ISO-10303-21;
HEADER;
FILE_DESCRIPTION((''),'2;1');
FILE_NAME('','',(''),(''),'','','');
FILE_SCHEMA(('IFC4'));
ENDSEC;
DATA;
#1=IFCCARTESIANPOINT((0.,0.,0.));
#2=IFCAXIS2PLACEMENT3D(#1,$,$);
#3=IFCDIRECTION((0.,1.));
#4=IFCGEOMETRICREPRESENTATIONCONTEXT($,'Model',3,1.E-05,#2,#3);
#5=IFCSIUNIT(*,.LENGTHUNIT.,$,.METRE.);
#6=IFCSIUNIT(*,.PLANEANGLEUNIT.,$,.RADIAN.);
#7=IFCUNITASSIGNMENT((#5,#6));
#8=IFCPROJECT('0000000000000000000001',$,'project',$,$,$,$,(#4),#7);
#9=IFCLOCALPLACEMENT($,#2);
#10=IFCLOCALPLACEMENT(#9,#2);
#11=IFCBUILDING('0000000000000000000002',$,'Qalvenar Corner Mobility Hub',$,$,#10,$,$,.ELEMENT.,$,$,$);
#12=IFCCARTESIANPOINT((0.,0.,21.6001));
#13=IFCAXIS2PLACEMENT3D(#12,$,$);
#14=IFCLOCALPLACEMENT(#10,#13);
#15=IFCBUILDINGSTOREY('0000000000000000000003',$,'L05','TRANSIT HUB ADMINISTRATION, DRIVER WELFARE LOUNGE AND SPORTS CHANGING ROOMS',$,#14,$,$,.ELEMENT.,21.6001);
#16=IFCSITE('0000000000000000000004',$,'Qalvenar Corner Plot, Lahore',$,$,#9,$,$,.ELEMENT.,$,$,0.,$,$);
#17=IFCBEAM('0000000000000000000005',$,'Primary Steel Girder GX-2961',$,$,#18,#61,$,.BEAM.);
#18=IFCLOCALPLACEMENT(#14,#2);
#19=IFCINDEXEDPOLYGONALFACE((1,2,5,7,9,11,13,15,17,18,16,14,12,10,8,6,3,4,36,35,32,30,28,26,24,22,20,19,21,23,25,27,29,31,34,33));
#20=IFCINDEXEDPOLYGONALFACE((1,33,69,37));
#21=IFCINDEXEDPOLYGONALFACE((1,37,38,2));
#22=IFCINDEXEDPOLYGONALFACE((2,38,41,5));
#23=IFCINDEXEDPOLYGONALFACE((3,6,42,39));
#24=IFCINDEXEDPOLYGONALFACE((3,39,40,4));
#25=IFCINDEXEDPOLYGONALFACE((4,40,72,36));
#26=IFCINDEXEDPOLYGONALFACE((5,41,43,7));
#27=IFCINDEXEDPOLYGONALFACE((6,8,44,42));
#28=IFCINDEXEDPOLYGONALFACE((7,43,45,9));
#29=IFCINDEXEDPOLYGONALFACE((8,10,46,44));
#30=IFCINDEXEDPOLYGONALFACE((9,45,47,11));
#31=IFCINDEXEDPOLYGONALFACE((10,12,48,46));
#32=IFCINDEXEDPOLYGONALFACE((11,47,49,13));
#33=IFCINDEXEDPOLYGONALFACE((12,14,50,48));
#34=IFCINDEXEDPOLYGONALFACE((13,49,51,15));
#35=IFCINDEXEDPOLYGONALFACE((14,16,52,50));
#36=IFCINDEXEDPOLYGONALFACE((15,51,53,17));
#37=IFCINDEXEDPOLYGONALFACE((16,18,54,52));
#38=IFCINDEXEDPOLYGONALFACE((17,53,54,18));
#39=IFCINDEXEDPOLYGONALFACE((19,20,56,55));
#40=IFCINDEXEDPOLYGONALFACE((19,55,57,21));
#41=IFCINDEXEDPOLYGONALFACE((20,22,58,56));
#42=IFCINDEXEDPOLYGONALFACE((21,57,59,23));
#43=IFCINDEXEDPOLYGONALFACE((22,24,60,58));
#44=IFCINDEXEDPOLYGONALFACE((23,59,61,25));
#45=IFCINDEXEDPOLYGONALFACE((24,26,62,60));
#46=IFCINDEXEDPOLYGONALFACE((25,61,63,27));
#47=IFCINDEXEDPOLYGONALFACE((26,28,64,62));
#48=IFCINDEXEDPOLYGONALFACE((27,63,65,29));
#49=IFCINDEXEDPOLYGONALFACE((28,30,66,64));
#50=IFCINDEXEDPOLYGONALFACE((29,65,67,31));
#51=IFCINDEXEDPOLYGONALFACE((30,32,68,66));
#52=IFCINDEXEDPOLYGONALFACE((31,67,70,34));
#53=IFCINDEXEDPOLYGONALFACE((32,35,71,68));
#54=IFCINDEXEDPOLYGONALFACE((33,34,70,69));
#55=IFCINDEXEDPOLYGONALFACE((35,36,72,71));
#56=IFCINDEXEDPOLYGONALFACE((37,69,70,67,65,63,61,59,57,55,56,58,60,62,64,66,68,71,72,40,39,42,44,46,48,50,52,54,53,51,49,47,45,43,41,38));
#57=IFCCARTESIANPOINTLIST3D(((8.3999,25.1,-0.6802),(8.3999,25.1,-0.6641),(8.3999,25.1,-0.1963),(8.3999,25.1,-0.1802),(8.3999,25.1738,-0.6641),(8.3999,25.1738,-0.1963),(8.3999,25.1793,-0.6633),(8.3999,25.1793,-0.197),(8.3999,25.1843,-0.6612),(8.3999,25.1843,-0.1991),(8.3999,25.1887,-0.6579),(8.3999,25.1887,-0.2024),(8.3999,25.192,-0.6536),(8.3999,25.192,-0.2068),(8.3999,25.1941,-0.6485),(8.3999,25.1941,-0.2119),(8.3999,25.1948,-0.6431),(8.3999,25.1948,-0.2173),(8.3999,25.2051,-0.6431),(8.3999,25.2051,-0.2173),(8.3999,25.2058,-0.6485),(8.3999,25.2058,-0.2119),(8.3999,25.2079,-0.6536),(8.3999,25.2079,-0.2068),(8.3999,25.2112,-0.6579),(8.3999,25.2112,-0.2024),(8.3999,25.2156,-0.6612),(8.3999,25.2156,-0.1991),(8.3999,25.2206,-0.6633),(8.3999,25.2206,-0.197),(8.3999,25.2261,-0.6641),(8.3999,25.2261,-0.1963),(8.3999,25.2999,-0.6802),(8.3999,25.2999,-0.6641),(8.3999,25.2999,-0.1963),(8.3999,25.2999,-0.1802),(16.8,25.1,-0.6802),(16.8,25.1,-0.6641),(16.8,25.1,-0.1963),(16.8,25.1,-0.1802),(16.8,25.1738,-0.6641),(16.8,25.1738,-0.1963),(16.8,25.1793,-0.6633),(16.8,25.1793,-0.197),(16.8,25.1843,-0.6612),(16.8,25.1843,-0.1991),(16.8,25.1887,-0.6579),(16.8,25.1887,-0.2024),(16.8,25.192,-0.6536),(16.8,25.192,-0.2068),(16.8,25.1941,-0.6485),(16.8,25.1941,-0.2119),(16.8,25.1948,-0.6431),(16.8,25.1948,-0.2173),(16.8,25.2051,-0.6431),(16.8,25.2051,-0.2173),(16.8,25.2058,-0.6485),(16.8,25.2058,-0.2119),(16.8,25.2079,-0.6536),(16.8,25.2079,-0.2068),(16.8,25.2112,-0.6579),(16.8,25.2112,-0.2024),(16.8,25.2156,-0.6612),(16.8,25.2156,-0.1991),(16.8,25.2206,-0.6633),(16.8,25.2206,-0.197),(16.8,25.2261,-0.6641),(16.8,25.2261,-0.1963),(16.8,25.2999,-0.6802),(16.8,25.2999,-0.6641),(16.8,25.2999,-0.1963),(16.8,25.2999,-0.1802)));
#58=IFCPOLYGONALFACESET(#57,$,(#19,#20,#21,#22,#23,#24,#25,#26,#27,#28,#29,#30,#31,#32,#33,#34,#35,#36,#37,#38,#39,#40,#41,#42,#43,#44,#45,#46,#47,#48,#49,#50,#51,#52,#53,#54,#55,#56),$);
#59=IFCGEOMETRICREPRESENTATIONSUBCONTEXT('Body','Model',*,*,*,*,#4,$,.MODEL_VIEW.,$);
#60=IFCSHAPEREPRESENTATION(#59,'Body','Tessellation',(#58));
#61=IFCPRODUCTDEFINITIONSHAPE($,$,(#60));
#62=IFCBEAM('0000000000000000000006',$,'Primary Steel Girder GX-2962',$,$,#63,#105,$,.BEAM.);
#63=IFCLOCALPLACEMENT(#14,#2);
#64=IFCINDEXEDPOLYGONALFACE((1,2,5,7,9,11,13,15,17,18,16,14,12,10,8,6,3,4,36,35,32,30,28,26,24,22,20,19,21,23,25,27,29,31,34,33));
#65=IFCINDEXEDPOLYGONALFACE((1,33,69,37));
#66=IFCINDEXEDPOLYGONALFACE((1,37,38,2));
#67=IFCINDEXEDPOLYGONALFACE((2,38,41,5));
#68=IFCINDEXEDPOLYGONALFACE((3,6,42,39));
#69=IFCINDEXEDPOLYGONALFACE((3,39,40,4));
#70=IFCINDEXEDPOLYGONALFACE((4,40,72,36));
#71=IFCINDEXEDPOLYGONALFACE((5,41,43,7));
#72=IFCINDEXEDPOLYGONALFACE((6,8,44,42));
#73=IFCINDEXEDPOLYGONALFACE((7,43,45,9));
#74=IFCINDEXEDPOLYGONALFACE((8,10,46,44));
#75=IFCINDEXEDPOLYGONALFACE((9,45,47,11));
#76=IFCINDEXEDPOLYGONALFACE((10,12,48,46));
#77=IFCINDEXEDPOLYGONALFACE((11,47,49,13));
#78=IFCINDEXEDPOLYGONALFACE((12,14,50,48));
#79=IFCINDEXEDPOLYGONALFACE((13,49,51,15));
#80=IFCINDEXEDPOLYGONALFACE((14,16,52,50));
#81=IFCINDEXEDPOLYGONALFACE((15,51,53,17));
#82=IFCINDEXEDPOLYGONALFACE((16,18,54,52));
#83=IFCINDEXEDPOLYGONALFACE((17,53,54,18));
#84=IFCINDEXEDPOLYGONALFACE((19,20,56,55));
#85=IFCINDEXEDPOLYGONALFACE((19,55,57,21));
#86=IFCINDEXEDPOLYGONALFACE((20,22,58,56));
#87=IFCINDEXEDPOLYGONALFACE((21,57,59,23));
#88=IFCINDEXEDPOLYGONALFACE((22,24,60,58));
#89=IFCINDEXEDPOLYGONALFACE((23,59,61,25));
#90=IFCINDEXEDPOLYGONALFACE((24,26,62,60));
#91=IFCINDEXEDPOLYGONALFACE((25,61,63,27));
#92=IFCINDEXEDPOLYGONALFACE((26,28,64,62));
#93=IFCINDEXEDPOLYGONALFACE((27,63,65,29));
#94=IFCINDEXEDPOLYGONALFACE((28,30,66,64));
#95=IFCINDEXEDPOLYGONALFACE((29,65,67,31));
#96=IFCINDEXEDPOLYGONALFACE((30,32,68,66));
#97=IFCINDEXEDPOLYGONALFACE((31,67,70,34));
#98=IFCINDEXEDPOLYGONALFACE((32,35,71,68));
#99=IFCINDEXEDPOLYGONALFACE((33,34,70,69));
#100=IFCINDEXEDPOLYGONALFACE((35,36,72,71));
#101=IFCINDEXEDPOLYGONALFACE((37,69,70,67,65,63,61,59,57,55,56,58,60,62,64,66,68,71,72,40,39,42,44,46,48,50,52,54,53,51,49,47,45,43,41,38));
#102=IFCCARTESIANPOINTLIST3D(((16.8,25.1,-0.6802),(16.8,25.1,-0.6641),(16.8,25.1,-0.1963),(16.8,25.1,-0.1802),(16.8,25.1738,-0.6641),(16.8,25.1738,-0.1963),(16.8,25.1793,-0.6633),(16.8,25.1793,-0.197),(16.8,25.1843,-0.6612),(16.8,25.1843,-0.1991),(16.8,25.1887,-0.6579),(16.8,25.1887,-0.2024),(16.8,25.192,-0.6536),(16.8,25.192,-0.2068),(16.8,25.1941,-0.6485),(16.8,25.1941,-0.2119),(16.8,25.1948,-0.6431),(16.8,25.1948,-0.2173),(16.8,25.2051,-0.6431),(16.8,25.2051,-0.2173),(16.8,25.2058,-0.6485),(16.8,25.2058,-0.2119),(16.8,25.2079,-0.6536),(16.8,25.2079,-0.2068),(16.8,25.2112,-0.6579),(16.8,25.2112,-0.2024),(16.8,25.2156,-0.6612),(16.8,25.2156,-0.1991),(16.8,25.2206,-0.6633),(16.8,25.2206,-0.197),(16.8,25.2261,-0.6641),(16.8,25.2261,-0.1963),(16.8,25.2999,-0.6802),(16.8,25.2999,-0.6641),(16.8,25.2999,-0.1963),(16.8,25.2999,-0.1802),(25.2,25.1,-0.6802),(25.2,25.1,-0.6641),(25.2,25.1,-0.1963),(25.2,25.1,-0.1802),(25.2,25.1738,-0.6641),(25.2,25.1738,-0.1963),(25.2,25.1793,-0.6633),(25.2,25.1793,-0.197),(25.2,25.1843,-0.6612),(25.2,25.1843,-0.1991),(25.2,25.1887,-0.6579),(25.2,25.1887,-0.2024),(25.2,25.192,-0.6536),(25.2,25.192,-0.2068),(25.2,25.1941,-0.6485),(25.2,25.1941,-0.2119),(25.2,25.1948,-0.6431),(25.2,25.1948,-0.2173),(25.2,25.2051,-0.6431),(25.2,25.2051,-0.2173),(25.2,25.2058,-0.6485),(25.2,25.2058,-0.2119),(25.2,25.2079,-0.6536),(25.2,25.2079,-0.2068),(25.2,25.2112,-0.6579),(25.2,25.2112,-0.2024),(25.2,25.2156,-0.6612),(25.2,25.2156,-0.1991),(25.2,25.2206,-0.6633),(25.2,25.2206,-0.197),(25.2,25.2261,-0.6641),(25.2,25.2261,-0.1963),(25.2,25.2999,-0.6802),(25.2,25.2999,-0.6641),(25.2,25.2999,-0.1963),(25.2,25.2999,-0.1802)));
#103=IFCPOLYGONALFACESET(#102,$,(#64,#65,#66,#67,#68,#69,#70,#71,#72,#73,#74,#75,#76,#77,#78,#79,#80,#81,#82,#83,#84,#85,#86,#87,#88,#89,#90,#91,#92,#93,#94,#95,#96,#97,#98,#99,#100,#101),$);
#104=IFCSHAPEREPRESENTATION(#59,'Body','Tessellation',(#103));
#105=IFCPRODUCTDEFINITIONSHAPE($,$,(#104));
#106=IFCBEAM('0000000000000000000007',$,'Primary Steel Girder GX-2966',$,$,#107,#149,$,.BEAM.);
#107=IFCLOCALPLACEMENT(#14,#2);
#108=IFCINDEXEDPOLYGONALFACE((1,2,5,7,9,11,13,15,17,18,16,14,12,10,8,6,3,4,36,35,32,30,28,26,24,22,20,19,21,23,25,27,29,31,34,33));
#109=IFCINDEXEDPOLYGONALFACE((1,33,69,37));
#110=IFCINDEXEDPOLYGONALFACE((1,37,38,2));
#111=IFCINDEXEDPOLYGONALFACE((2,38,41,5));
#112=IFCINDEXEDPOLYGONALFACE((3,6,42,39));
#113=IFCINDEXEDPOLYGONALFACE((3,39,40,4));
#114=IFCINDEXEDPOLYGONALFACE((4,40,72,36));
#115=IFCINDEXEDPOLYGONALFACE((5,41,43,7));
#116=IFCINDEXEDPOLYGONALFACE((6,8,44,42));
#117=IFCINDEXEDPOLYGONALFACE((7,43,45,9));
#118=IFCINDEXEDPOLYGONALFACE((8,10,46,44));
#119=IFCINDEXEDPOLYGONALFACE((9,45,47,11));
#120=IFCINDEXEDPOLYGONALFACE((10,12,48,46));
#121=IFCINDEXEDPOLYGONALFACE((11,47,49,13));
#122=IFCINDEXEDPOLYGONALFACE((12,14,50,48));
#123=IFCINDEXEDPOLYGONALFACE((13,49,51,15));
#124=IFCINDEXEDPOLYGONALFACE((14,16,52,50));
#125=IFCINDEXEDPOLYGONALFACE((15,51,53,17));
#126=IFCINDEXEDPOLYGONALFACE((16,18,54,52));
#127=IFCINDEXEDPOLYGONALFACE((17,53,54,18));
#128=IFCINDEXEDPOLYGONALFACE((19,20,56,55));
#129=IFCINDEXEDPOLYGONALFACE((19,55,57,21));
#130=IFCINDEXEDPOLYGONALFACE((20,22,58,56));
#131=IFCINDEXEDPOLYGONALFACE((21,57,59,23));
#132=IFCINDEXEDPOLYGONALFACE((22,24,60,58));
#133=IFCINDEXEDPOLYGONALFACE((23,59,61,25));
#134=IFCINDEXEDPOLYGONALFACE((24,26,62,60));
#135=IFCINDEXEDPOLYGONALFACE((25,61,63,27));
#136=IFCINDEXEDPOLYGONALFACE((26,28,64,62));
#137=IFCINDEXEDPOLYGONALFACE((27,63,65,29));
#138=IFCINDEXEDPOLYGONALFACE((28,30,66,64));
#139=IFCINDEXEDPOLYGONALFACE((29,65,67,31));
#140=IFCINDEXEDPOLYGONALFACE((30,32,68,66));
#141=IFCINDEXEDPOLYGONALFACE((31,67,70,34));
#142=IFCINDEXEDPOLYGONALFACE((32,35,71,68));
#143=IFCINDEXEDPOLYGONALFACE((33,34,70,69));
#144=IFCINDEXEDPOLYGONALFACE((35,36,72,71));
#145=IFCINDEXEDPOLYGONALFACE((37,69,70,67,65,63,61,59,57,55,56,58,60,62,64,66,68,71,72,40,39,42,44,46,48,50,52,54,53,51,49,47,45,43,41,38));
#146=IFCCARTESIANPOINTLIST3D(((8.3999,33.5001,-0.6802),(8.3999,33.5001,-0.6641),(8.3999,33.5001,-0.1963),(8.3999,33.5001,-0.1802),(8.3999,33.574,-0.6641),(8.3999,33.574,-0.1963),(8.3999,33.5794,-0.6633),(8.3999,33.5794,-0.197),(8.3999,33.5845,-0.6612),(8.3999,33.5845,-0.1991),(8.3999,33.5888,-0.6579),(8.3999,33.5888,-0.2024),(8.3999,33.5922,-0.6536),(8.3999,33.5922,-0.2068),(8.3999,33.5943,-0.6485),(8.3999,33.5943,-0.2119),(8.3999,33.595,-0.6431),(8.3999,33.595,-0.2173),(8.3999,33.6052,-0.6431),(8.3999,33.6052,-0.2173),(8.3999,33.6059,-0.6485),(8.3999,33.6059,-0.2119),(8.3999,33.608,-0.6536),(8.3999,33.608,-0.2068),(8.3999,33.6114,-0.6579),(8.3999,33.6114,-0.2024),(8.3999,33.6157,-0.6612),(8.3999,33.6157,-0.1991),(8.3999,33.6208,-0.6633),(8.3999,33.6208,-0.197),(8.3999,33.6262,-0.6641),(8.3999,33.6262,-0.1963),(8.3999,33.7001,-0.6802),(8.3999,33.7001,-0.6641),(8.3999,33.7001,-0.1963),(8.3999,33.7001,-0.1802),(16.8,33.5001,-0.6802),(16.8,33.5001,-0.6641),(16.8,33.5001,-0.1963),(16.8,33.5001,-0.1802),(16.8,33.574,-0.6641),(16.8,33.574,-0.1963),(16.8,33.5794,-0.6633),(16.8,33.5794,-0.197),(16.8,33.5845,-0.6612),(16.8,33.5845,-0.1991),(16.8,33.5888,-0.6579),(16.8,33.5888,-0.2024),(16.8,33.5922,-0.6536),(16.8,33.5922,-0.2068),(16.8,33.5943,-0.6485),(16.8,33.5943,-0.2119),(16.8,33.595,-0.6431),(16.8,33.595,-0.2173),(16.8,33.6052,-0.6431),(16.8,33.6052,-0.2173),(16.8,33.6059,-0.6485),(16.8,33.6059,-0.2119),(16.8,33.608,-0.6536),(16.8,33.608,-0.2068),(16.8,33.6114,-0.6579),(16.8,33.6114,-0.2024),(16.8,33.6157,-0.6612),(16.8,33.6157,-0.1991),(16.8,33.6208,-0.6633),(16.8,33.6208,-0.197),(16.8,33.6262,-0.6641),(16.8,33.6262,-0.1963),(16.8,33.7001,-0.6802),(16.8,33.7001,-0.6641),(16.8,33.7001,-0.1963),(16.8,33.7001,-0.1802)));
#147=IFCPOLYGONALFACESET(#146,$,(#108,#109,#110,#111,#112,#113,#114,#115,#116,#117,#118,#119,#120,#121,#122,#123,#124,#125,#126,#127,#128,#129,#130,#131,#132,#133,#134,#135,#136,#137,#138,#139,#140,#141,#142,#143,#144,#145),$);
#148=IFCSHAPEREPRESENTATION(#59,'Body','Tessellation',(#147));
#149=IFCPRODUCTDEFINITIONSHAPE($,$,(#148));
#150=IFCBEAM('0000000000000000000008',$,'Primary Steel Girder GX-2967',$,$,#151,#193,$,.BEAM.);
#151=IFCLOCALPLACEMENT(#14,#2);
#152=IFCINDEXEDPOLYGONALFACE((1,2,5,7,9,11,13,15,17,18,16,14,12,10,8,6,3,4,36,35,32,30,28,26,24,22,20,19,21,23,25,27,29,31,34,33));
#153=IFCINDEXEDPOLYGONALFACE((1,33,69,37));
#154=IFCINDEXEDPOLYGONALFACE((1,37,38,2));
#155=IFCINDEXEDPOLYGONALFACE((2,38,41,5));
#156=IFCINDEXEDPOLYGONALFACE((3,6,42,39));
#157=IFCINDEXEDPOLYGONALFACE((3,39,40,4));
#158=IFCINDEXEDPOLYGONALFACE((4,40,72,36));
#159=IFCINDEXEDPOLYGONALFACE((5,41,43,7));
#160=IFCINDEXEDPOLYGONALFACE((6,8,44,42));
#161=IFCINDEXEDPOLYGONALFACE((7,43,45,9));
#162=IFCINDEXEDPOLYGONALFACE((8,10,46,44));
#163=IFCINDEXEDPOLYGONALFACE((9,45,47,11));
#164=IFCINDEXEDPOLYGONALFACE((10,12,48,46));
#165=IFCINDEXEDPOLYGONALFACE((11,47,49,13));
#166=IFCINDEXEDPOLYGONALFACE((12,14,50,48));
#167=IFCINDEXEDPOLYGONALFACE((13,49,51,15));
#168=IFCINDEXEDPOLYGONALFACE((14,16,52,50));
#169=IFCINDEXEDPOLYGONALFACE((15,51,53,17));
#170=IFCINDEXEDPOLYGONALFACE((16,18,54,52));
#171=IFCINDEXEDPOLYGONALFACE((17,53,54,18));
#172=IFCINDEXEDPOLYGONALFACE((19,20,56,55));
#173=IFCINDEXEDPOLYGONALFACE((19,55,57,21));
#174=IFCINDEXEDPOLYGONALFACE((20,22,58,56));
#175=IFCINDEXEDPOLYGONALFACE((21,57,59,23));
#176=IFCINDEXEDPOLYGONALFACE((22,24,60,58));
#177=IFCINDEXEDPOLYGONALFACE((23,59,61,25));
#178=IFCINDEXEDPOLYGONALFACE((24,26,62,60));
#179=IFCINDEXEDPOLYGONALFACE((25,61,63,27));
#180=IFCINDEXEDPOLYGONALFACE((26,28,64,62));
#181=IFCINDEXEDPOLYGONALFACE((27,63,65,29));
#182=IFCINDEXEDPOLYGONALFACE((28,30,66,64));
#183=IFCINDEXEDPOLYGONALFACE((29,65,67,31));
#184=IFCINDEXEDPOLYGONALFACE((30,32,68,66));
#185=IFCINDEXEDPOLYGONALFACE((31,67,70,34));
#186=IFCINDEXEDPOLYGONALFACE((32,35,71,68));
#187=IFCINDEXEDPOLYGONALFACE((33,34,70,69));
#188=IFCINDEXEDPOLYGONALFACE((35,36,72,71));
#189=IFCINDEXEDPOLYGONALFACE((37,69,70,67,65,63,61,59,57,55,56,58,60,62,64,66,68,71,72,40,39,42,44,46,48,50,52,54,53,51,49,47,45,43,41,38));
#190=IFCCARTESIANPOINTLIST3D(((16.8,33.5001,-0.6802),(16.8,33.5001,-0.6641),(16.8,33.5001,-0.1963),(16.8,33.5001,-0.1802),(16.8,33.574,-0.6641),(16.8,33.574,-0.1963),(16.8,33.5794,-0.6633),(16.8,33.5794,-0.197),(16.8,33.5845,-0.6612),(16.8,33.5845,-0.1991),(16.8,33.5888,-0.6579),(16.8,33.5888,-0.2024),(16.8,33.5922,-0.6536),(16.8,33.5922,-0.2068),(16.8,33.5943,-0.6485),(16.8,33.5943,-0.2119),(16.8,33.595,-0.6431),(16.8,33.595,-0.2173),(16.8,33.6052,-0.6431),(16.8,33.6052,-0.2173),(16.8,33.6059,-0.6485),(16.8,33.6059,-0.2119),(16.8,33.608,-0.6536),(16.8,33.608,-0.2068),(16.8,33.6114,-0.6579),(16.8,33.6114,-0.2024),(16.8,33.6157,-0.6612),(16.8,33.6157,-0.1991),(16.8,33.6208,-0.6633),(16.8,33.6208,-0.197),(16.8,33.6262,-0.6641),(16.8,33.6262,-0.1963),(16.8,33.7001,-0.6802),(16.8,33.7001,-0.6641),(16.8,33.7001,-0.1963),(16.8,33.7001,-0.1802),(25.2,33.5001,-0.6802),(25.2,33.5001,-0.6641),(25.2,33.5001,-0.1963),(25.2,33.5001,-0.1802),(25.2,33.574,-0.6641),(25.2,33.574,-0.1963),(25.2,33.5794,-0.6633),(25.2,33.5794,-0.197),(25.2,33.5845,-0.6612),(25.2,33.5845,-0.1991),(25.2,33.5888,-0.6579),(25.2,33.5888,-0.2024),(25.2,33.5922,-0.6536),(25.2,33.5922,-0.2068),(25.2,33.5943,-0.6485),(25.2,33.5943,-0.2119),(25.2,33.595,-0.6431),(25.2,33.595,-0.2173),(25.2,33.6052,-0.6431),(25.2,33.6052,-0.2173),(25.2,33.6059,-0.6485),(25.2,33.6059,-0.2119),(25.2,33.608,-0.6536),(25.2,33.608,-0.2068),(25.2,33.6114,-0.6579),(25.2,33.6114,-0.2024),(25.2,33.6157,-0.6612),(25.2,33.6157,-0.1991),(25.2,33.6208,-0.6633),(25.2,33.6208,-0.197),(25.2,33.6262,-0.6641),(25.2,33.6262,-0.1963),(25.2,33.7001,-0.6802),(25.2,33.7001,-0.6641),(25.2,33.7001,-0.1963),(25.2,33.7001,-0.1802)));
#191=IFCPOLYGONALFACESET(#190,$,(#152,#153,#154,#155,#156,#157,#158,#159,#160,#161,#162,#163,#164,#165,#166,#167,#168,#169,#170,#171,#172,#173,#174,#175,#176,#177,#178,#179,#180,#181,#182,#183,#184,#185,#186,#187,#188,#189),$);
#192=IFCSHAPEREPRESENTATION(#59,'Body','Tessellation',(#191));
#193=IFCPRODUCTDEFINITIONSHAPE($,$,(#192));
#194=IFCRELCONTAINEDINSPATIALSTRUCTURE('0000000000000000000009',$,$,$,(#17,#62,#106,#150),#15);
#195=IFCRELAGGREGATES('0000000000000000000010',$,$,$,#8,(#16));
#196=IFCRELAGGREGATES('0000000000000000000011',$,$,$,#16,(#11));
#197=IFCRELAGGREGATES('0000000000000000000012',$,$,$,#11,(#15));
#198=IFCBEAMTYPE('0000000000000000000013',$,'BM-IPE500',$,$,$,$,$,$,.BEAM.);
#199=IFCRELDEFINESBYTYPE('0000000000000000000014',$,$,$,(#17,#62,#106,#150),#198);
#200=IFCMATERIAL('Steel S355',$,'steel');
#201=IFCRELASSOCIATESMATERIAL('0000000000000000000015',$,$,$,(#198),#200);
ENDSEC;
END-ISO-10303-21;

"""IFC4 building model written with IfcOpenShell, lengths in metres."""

from ifc_helpers import new_model, si_unit, direction, frame, origin, origin_2d, place, context, subcontext, project, spatial, i_section, extrude, material, material_profile, profile_set, type_object, element, save


model = new_model("IFC4")

# Units and contexts
model_context = context("Model", 3, precision=1e-05, world=origin(), true_north=direction((0.0, 1.0)))
body_context = subcontext(model_context, "Body", "Model", "MODEL_VIEW")
ifc_project = project(units=[si_unit("LENGTHUNIT", "METRE"), si_unit("PLANEANGLEUNIT", "RADIAN")], contexts=[model_context])

# Site, building, storey
site_placement = place(None, origin())
site = spatial("IfcSite", under=ifc_project, at=site_placement, Name="Qalvenar Corner Plot, Lahore", CompositionType="ELEMENT", RefElevation=0.0)
building_placement = place(site_placement, origin())
building = spatial("IfcBuilding", under=site, at=building_placement, Name="Qalvenar Corner Mobility Hub", CompositionType="ELEMENT")
storey_placement = place(building_placement, frame((0.0, 0.0, 21.6001)))
storey = spatial("IfcBuildingStorey", under=building, at=storey_placement, Name="L05", Description="TRANSIT HUB ADMINISTRATION, DRIVER WELFARE LOUNGE AND SPORTS CHANGING ROOMS", CompositionType="ELEMENT", Elevation=21.6001)

# Shared definitions
ifc_material_1 = material(Name="Steel S355", Category="steel")

# Beams
ifc_material_profile_1 = material_profile(ifc_material_1, i_section(OverallWidth=0.2, OverallDepth=0.5, WebThickness=0.0103, FlangeThickness=0.0161, FilletRadius=0.021, at=origin_2d()), Name="IPE500")
ifc_profile_set_1 = profile_set([ifc_material_profile_1], Name="Steel S355")
beam_type_1 = type_object("IfcBeamType", Name="BM-IPE500", PredefinedType="BEAM", material=ifc_profile_set_1)
beam_1_placement = place(storey_placement, frame((8.3999, 25.2, -0.4302), z_axis=(1.0, 0.0, 0.0), x_axis=(0.0, 1.0, 0.0)))
element("IfcBeam", 1, at=beam_1_placement, inside=storey, type_object=beam_type_1, Name="Primary Steel Girder GX-2961", PredefinedType="BEAM", context=body_context, shape_type="SweptSolid", body=[
    extrude(i_section(OverallWidth=0.2, OverallDepth=0.5, WebThickness=0.0103, FlangeThickness=0.0161, FilletRadius=0.021, at=origin_2d()), origin(), (0.0, 0.0, 1.0), 8.4001),
])
beam_2_placement = place(storey_placement, frame((16.8, 25.2, -0.4302), z_axis=(1.0, 0.0, 0.0), x_axis=(0.0, 1.0, 0.0)))
element("IfcBeam", 2, at=beam_2_placement, inside=storey, type_object=beam_type_1, Name="Primary Steel Girder GX-2962", PredefinedType="BEAM", context=body_context, shape_type="SweptSolid", body=[
    extrude(i_section(OverallWidth=0.2, OverallDepth=0.5, WebThickness=0.0103, FlangeThickness=0.0161, FilletRadius=0.021, at=origin_2d()), origin(), (0.0, 0.0, 1.0), 8.3999),
])
beam_3_placement = place(storey_placement, frame((8.3999, 33.6001, -0.4302), z_axis=(1.0, 0.0, 0.0), x_axis=(0.0, 1.0, 0.0)))
element("IfcBeam", 3, at=beam_3_placement, inside=storey, type_object=beam_type_1, Name="Primary Steel Girder GX-2966", PredefinedType="BEAM", context=body_context, shape_type="SweptSolid", body=[
    extrude(i_section(OverallWidth=0.2, OverallDepth=0.5, WebThickness=0.0103, FlangeThickness=0.0161, FilletRadius=0.021, at=origin_2d()), origin(), (0.0, 0.0, 1.0), 8.4001),
])
beam_4_placement = place(storey_placement, frame((16.8, 33.6001, -0.4302), z_axis=(1.0, 0.0, 0.0), x_axis=(0.0, 1.0, 0.0)))
element("IfcBeam", 4, at=beam_4_placement, inside=storey, type_object=beam_type_1, Name="Primary Steel Girder GX-2967", PredefinedType="BEAM", context=body_context, shape_type="SweptSolid", body=[
    extrude(i_section(OverallWidth=0.2, OverallDepth=0.5, WebThickness=0.0103, FlangeThickness=0.0161, FilletRadius=0.021, at=origin_2d()), origin(), (0.0, 0.0, 1.0), 8.3999),
])

save(model, "model.ifc")
